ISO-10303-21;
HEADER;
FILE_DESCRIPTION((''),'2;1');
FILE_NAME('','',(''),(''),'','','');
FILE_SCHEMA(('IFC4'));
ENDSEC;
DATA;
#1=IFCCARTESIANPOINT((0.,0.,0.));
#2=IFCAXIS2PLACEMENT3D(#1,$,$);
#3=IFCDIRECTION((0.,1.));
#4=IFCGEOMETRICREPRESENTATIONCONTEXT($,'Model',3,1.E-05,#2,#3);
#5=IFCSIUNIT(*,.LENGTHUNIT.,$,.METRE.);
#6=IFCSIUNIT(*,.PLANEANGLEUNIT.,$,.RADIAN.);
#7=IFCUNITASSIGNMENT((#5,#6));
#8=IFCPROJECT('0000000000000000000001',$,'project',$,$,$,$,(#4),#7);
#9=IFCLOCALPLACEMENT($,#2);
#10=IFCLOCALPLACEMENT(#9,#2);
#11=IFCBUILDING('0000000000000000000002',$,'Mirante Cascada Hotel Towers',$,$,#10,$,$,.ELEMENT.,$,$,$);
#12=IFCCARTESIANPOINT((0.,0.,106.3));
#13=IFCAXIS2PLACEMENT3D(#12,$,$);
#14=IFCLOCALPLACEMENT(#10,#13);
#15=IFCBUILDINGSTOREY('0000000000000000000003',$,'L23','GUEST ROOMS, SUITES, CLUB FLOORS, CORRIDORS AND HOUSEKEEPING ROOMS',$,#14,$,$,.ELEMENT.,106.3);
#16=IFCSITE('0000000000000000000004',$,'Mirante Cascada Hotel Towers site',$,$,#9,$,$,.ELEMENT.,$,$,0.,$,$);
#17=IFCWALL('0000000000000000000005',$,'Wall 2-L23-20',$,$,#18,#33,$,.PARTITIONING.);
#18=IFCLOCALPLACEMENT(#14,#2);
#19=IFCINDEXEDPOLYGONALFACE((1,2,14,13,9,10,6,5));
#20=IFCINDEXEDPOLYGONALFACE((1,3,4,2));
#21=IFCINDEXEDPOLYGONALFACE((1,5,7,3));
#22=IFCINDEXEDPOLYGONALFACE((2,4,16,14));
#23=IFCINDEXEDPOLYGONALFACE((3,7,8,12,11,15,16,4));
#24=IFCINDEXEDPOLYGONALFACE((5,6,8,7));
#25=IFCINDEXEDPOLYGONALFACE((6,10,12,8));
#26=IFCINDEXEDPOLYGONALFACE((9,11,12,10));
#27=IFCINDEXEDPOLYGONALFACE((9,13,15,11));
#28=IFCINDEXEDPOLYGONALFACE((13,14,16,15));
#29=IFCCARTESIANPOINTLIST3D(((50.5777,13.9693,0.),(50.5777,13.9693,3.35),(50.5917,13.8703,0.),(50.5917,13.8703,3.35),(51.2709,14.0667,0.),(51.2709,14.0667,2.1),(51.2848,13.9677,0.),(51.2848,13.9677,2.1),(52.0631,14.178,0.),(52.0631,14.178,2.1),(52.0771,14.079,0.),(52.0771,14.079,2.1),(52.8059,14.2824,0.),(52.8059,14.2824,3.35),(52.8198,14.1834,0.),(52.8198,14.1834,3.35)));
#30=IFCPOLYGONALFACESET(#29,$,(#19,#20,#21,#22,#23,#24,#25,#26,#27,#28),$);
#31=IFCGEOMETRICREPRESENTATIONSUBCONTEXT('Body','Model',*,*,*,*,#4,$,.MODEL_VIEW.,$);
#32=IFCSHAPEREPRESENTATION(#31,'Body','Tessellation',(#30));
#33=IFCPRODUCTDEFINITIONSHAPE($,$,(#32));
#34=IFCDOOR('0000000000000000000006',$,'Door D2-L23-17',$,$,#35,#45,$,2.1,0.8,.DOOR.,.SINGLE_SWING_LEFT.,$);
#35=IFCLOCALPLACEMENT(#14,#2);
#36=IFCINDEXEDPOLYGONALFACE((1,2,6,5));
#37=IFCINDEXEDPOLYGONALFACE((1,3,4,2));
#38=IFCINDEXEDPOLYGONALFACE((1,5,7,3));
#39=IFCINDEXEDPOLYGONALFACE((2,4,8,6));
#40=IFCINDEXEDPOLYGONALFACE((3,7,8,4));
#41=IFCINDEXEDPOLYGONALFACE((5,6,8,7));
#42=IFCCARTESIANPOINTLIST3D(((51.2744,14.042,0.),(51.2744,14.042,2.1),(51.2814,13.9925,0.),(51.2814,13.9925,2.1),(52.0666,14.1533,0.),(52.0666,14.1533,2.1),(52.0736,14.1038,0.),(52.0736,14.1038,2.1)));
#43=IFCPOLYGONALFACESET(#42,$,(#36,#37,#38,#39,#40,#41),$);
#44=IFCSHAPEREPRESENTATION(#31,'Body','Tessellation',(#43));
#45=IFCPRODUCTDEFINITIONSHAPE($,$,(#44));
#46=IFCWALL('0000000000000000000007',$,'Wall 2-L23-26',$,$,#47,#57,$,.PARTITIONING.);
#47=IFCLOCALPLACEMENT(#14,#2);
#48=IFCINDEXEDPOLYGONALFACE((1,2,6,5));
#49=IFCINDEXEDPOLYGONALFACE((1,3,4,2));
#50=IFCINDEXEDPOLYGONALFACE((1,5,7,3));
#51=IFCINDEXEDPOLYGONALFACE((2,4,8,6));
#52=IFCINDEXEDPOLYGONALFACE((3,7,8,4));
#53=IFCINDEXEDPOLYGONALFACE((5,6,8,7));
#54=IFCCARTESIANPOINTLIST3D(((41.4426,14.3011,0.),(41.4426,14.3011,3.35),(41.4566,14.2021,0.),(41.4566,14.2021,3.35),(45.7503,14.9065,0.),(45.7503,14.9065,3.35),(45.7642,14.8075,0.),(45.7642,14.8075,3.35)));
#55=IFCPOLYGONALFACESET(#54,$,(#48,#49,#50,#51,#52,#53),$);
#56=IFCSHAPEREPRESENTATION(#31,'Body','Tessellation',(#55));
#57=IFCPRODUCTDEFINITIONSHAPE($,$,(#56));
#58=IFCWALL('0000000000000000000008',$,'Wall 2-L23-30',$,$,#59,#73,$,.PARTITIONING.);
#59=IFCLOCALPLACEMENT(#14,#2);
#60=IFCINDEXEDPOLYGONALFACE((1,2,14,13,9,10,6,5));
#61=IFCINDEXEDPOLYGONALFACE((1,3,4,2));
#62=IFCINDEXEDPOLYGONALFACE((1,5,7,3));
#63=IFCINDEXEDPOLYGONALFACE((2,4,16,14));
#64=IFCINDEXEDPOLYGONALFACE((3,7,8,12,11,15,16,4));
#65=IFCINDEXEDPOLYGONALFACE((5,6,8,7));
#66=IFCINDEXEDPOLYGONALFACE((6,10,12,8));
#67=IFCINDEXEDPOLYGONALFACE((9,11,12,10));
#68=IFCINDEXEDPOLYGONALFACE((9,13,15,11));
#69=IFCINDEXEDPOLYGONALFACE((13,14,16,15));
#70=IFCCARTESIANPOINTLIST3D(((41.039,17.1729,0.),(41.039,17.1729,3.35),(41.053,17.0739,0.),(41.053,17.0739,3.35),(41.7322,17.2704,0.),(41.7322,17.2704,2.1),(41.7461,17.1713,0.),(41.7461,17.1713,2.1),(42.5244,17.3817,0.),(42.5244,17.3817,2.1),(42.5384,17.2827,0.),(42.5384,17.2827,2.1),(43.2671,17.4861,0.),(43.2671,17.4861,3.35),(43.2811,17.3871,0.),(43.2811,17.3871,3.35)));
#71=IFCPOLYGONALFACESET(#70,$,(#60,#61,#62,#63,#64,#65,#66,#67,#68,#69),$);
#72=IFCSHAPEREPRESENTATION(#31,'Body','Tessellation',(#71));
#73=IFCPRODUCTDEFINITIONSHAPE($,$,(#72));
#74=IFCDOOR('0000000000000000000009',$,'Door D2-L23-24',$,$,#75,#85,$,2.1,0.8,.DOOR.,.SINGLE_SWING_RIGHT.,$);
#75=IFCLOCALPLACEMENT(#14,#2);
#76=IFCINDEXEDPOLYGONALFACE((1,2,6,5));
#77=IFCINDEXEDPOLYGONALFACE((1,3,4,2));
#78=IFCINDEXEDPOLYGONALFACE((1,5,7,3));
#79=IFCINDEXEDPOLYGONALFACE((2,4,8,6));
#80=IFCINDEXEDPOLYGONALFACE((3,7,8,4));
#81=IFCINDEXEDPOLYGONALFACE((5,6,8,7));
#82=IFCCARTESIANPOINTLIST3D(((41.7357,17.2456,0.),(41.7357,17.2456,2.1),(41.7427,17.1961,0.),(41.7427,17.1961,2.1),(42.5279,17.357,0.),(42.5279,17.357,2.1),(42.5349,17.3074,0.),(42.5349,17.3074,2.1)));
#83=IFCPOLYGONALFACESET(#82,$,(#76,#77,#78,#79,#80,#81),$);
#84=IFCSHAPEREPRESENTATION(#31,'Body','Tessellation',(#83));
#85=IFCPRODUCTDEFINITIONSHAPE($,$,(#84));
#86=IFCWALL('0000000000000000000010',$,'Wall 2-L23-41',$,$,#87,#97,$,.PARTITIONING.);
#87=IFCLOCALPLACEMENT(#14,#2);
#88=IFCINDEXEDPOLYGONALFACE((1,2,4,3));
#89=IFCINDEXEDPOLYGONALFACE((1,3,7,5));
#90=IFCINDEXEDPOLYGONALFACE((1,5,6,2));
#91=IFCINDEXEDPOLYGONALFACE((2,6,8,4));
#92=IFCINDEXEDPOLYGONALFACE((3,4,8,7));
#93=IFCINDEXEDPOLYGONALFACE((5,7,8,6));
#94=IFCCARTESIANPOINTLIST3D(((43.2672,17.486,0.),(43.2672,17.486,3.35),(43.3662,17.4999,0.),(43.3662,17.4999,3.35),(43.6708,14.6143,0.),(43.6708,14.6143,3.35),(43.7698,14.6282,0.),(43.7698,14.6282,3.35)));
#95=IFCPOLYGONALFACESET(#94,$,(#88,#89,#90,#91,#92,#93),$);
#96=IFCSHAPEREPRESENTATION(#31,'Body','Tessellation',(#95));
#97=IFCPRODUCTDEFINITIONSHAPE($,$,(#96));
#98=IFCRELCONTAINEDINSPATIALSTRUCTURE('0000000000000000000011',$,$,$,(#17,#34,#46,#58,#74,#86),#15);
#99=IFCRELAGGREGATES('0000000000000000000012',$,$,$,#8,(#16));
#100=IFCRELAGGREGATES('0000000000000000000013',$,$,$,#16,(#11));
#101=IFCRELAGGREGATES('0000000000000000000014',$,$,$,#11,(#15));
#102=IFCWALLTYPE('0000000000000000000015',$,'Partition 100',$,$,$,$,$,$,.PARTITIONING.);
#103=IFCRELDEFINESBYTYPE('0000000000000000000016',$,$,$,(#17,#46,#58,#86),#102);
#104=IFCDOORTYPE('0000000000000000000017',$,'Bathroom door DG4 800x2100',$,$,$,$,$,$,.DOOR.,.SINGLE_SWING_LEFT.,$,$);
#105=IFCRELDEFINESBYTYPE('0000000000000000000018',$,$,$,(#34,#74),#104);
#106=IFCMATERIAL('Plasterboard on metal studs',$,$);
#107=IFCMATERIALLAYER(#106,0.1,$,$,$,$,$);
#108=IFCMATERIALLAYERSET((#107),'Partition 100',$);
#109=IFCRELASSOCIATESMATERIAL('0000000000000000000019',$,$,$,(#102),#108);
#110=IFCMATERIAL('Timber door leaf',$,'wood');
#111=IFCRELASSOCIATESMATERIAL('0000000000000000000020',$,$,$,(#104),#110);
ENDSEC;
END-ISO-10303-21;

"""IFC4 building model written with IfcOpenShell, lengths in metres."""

from ifc_helpers import new_model, si_unit, direction, frame, frame_2d, origin, place, context, subcontext, project, spatial, rectangle, extrude, material, layer, layer_set, type_object, element, fill, save


model = new_model("IFC4")

# Units and contexts
model_context = context("Model", 3, precision=1e-05, world=origin(), true_north=direction((0.0, 1.0)))
body_context = subcontext(model_context, "Body", "Model", "MODEL_VIEW")
ifc_project = project(units=[si_unit("LENGTHUNIT", "METRE"), si_unit("PLANEANGLEUNIT", "RADIAN")], contexts=[model_context])

# Site, building, storey
site_placement = place(None, origin())
site = spatial("IfcSite", under=ifc_project, at=site_placement, Name="Mirante Cascada Hotel Towers site", CompositionType="ELEMENT", RefElevation=0.0)
building_placement = place(site_placement, origin())
building = spatial("IfcBuilding", under=site, at=building_placement, Name="Mirante Cascada Hotel Towers", CompositionType="ELEMENT")
storey_placement = place(building_placement, frame((0.0, 0.0, 106.3)))
storey = spatial("IfcBuildingStorey", under=building, at=storey_placement, Name="L23", Description="GUEST ROOMS, SUITES, CLUB FLOORS, CORRIDORS AND HOUSEKEEPING ROOMS", CompositionType="ELEMENT", Elevation=106.3)

# Wall, opening, door
ifc_material_1 = material(Name="Plasterboard on metal studs")
ifc_layer_1 = layer(ifc_material_1, 0.1)
ifc_layer_set_1 = layer_set([ifc_layer_1], Name="Partition 100")
wall_type_1 = type_object("IfcWallType", Name="Partition 100", PredefinedType="PARTITIONING", material=ifc_layer_set_1)
ifc_material_2 = material(Name="Timber door leaf", Category="wood")
door_type = type_object("IfcDoorType", Name="Bathroom door DG4 800x2100", OperationType="SINGLE_SWING_LEFT", PredefinedType="DOOR", material=ifc_material_2)
wall_1_placement = place(storey_placement, frame((50.5847, 13.9198, 0.0), z_axis=(0.0, 0.0, 1.0), x_axis=(0.990271, 0.139156, 0.0)))
wall_1 = element("IfcWall", 1, at=wall_1_placement, inside=storey, type_object=wall_type_1, Name="Wall 2-L23-20", PredefinedType="PARTITIONING", context=body_context, shape_type="SweptSolid", body=[
    extrude(rectangle(XDim=2.25, YDim=0.1, at=frame_2d((1.125, 0.0))), origin(), (0.0, 0.0, 1.0), 3.35),
])
opening_1_placement = place(wall_1_placement, frame((0.7, 0.0, 0.0)))
opening_1 = element("IfcOpeningElement", 2, at=opening_1_placement, cuts=wall_1, PredefinedType="OPENING", context=body_context, shape_type="SweptSolid", body=[
    extrude(rectangle(XDim=0.8, YDim=2.1, at=frame_2d((0.4, 1.05))), frame((0.0, 0.05, 0.0), z_axis=(0.0, -1.0, 0.0), x_axis=(1.0, 0.0, 0.0)), (0.0, 0.0, 1.0), 0.1),
])
door_1_placement = place(opening_1_placement, origin())
door_1 = element("IfcDoor", 3, at=door_1_placement, inside=storey, type_object=door_type, Name="Door D2-L23-17", OperationType="SINGLE_SWING_LEFT", OverallHeight=2.1, OverallWidth=0.8, PredefinedType="DOOR", context=body_context, shape_type="SweptSolid", body=[
    extrude(rectangle(XDim=0.8, YDim=2.1, at=frame_2d((0.4, 1.05))), frame((0.0, 0.025, 0.0), z_axis=(0.0, -1.0, 0.0), x_axis=(1.0, 0.0, 0.0)), (0.0, 0.0, 1.0), 0.05),
])
fill(opening_1, door_1)

# Wall
wall_2_placement = place(storey_placement, frame((41.4496, 14.2516, 0.0), z_axis=(0.0, 0.0, 1.0), x_axis=(0.990268, 0.139171, 0.0)))
element("IfcWall", 4, at=wall_2_placement, inside=storey, type_object=wall_type_1, Name="Wall 2-L23-26", PredefinedType="PARTITIONING", context=body_context, shape_type="SweptSolid", body=[
    extrude(rectangle(XDim=4.35, YDim=0.1, at=frame_2d((2.175, 0.0))), origin(), (0.0, 0.0, 1.0), 3.35),
])

# Wall, opening, door
wall_3_placement = place(storey_placement, frame((41.046, 17.1234, 0.0), z_axis=(0.0, 0.0, 1.0), x_axis=(0.990264, 0.1392, 0.0)))
wall_3 = element("IfcWall", 5, at=wall_3_placement, inside=storey, type_object=wall_type_1, Name="Wall 2-L23-30", PredefinedType="PARTITIONING", context=body_context, shape_type="SweptSolid", body=[
    extrude(rectangle(XDim=2.25, YDim=0.1, at=frame_2d((1.125, 0.0))), origin(), (0.0, 0.0, 1.0), 3.35),
])
opening_2_placement = place(wall_3_placement, frame((0.7, 0.0, 0.0)))
opening_2 = element("IfcOpeningElement", 6, at=opening_2_placement, cuts=wall_3, PredefinedType="OPENING", context=body_context, shape_type="SweptSolid", body=[
    extrude(rectangle(XDim=0.8, YDim=2.1, at=frame_2d((0.4, 1.05))), frame((0.0, 0.05, 0.0), z_axis=(0.0, -1.0, 0.0), x_axis=(1.0, 0.0, 0.0)), (0.0, 0.0, 1.0), 0.1),
])
door_2_placement = place(opening_2_placement, frame((0.8, 0.0, 0.0), z_axis=(0.0, 0.0, 1.0), x_axis=(-1.0, 0.0, 0.0)))
door_2 = element("IfcDoor", 7, at=door_2_placement, inside=storey, type_object=door_type, Name="Door D2-L23-24", OperationType="SINGLE_SWING_RIGHT", OverallHeight=2.1, OverallWidth=0.8, PredefinedType="DOOR", context=body_context, shape_type="SweptSolid", body=[
    extrude(rectangle(XDim=0.8, YDim=2.1, at=frame_2d((0.4, 1.05))), frame((0.0, 0.025, 0.0), z_axis=(0.0, -1.0, 0.0), x_axis=(1.0, 0.0, 0.0)), (0.0, 0.0, 1.0), 0.05),
])
fill(opening_2, door_2)

# Wall
wall_4_placement = place(storey_placement, frame((43.3167, 17.493, 0.0), z_axis=(0.0, 0.0, 1.0), x_axis=(0.139176, -0.990268, 0.0)))
element("IfcWall", 8, at=wall_4_placement, inside=storey, type_object=wall_type_1, Name="Wall 2-L23-41", PredefinedType="PARTITIONING", context=body_context, shape_type="SweptSolid", body=[
    extrude(rectangle(XDim=2.8999, YDim=0.1, at=frame_2d((1.45, 0.0))), origin(), (0.0, 0.0, 1.0), 3.35),
])

save(model, "model.ifc")
